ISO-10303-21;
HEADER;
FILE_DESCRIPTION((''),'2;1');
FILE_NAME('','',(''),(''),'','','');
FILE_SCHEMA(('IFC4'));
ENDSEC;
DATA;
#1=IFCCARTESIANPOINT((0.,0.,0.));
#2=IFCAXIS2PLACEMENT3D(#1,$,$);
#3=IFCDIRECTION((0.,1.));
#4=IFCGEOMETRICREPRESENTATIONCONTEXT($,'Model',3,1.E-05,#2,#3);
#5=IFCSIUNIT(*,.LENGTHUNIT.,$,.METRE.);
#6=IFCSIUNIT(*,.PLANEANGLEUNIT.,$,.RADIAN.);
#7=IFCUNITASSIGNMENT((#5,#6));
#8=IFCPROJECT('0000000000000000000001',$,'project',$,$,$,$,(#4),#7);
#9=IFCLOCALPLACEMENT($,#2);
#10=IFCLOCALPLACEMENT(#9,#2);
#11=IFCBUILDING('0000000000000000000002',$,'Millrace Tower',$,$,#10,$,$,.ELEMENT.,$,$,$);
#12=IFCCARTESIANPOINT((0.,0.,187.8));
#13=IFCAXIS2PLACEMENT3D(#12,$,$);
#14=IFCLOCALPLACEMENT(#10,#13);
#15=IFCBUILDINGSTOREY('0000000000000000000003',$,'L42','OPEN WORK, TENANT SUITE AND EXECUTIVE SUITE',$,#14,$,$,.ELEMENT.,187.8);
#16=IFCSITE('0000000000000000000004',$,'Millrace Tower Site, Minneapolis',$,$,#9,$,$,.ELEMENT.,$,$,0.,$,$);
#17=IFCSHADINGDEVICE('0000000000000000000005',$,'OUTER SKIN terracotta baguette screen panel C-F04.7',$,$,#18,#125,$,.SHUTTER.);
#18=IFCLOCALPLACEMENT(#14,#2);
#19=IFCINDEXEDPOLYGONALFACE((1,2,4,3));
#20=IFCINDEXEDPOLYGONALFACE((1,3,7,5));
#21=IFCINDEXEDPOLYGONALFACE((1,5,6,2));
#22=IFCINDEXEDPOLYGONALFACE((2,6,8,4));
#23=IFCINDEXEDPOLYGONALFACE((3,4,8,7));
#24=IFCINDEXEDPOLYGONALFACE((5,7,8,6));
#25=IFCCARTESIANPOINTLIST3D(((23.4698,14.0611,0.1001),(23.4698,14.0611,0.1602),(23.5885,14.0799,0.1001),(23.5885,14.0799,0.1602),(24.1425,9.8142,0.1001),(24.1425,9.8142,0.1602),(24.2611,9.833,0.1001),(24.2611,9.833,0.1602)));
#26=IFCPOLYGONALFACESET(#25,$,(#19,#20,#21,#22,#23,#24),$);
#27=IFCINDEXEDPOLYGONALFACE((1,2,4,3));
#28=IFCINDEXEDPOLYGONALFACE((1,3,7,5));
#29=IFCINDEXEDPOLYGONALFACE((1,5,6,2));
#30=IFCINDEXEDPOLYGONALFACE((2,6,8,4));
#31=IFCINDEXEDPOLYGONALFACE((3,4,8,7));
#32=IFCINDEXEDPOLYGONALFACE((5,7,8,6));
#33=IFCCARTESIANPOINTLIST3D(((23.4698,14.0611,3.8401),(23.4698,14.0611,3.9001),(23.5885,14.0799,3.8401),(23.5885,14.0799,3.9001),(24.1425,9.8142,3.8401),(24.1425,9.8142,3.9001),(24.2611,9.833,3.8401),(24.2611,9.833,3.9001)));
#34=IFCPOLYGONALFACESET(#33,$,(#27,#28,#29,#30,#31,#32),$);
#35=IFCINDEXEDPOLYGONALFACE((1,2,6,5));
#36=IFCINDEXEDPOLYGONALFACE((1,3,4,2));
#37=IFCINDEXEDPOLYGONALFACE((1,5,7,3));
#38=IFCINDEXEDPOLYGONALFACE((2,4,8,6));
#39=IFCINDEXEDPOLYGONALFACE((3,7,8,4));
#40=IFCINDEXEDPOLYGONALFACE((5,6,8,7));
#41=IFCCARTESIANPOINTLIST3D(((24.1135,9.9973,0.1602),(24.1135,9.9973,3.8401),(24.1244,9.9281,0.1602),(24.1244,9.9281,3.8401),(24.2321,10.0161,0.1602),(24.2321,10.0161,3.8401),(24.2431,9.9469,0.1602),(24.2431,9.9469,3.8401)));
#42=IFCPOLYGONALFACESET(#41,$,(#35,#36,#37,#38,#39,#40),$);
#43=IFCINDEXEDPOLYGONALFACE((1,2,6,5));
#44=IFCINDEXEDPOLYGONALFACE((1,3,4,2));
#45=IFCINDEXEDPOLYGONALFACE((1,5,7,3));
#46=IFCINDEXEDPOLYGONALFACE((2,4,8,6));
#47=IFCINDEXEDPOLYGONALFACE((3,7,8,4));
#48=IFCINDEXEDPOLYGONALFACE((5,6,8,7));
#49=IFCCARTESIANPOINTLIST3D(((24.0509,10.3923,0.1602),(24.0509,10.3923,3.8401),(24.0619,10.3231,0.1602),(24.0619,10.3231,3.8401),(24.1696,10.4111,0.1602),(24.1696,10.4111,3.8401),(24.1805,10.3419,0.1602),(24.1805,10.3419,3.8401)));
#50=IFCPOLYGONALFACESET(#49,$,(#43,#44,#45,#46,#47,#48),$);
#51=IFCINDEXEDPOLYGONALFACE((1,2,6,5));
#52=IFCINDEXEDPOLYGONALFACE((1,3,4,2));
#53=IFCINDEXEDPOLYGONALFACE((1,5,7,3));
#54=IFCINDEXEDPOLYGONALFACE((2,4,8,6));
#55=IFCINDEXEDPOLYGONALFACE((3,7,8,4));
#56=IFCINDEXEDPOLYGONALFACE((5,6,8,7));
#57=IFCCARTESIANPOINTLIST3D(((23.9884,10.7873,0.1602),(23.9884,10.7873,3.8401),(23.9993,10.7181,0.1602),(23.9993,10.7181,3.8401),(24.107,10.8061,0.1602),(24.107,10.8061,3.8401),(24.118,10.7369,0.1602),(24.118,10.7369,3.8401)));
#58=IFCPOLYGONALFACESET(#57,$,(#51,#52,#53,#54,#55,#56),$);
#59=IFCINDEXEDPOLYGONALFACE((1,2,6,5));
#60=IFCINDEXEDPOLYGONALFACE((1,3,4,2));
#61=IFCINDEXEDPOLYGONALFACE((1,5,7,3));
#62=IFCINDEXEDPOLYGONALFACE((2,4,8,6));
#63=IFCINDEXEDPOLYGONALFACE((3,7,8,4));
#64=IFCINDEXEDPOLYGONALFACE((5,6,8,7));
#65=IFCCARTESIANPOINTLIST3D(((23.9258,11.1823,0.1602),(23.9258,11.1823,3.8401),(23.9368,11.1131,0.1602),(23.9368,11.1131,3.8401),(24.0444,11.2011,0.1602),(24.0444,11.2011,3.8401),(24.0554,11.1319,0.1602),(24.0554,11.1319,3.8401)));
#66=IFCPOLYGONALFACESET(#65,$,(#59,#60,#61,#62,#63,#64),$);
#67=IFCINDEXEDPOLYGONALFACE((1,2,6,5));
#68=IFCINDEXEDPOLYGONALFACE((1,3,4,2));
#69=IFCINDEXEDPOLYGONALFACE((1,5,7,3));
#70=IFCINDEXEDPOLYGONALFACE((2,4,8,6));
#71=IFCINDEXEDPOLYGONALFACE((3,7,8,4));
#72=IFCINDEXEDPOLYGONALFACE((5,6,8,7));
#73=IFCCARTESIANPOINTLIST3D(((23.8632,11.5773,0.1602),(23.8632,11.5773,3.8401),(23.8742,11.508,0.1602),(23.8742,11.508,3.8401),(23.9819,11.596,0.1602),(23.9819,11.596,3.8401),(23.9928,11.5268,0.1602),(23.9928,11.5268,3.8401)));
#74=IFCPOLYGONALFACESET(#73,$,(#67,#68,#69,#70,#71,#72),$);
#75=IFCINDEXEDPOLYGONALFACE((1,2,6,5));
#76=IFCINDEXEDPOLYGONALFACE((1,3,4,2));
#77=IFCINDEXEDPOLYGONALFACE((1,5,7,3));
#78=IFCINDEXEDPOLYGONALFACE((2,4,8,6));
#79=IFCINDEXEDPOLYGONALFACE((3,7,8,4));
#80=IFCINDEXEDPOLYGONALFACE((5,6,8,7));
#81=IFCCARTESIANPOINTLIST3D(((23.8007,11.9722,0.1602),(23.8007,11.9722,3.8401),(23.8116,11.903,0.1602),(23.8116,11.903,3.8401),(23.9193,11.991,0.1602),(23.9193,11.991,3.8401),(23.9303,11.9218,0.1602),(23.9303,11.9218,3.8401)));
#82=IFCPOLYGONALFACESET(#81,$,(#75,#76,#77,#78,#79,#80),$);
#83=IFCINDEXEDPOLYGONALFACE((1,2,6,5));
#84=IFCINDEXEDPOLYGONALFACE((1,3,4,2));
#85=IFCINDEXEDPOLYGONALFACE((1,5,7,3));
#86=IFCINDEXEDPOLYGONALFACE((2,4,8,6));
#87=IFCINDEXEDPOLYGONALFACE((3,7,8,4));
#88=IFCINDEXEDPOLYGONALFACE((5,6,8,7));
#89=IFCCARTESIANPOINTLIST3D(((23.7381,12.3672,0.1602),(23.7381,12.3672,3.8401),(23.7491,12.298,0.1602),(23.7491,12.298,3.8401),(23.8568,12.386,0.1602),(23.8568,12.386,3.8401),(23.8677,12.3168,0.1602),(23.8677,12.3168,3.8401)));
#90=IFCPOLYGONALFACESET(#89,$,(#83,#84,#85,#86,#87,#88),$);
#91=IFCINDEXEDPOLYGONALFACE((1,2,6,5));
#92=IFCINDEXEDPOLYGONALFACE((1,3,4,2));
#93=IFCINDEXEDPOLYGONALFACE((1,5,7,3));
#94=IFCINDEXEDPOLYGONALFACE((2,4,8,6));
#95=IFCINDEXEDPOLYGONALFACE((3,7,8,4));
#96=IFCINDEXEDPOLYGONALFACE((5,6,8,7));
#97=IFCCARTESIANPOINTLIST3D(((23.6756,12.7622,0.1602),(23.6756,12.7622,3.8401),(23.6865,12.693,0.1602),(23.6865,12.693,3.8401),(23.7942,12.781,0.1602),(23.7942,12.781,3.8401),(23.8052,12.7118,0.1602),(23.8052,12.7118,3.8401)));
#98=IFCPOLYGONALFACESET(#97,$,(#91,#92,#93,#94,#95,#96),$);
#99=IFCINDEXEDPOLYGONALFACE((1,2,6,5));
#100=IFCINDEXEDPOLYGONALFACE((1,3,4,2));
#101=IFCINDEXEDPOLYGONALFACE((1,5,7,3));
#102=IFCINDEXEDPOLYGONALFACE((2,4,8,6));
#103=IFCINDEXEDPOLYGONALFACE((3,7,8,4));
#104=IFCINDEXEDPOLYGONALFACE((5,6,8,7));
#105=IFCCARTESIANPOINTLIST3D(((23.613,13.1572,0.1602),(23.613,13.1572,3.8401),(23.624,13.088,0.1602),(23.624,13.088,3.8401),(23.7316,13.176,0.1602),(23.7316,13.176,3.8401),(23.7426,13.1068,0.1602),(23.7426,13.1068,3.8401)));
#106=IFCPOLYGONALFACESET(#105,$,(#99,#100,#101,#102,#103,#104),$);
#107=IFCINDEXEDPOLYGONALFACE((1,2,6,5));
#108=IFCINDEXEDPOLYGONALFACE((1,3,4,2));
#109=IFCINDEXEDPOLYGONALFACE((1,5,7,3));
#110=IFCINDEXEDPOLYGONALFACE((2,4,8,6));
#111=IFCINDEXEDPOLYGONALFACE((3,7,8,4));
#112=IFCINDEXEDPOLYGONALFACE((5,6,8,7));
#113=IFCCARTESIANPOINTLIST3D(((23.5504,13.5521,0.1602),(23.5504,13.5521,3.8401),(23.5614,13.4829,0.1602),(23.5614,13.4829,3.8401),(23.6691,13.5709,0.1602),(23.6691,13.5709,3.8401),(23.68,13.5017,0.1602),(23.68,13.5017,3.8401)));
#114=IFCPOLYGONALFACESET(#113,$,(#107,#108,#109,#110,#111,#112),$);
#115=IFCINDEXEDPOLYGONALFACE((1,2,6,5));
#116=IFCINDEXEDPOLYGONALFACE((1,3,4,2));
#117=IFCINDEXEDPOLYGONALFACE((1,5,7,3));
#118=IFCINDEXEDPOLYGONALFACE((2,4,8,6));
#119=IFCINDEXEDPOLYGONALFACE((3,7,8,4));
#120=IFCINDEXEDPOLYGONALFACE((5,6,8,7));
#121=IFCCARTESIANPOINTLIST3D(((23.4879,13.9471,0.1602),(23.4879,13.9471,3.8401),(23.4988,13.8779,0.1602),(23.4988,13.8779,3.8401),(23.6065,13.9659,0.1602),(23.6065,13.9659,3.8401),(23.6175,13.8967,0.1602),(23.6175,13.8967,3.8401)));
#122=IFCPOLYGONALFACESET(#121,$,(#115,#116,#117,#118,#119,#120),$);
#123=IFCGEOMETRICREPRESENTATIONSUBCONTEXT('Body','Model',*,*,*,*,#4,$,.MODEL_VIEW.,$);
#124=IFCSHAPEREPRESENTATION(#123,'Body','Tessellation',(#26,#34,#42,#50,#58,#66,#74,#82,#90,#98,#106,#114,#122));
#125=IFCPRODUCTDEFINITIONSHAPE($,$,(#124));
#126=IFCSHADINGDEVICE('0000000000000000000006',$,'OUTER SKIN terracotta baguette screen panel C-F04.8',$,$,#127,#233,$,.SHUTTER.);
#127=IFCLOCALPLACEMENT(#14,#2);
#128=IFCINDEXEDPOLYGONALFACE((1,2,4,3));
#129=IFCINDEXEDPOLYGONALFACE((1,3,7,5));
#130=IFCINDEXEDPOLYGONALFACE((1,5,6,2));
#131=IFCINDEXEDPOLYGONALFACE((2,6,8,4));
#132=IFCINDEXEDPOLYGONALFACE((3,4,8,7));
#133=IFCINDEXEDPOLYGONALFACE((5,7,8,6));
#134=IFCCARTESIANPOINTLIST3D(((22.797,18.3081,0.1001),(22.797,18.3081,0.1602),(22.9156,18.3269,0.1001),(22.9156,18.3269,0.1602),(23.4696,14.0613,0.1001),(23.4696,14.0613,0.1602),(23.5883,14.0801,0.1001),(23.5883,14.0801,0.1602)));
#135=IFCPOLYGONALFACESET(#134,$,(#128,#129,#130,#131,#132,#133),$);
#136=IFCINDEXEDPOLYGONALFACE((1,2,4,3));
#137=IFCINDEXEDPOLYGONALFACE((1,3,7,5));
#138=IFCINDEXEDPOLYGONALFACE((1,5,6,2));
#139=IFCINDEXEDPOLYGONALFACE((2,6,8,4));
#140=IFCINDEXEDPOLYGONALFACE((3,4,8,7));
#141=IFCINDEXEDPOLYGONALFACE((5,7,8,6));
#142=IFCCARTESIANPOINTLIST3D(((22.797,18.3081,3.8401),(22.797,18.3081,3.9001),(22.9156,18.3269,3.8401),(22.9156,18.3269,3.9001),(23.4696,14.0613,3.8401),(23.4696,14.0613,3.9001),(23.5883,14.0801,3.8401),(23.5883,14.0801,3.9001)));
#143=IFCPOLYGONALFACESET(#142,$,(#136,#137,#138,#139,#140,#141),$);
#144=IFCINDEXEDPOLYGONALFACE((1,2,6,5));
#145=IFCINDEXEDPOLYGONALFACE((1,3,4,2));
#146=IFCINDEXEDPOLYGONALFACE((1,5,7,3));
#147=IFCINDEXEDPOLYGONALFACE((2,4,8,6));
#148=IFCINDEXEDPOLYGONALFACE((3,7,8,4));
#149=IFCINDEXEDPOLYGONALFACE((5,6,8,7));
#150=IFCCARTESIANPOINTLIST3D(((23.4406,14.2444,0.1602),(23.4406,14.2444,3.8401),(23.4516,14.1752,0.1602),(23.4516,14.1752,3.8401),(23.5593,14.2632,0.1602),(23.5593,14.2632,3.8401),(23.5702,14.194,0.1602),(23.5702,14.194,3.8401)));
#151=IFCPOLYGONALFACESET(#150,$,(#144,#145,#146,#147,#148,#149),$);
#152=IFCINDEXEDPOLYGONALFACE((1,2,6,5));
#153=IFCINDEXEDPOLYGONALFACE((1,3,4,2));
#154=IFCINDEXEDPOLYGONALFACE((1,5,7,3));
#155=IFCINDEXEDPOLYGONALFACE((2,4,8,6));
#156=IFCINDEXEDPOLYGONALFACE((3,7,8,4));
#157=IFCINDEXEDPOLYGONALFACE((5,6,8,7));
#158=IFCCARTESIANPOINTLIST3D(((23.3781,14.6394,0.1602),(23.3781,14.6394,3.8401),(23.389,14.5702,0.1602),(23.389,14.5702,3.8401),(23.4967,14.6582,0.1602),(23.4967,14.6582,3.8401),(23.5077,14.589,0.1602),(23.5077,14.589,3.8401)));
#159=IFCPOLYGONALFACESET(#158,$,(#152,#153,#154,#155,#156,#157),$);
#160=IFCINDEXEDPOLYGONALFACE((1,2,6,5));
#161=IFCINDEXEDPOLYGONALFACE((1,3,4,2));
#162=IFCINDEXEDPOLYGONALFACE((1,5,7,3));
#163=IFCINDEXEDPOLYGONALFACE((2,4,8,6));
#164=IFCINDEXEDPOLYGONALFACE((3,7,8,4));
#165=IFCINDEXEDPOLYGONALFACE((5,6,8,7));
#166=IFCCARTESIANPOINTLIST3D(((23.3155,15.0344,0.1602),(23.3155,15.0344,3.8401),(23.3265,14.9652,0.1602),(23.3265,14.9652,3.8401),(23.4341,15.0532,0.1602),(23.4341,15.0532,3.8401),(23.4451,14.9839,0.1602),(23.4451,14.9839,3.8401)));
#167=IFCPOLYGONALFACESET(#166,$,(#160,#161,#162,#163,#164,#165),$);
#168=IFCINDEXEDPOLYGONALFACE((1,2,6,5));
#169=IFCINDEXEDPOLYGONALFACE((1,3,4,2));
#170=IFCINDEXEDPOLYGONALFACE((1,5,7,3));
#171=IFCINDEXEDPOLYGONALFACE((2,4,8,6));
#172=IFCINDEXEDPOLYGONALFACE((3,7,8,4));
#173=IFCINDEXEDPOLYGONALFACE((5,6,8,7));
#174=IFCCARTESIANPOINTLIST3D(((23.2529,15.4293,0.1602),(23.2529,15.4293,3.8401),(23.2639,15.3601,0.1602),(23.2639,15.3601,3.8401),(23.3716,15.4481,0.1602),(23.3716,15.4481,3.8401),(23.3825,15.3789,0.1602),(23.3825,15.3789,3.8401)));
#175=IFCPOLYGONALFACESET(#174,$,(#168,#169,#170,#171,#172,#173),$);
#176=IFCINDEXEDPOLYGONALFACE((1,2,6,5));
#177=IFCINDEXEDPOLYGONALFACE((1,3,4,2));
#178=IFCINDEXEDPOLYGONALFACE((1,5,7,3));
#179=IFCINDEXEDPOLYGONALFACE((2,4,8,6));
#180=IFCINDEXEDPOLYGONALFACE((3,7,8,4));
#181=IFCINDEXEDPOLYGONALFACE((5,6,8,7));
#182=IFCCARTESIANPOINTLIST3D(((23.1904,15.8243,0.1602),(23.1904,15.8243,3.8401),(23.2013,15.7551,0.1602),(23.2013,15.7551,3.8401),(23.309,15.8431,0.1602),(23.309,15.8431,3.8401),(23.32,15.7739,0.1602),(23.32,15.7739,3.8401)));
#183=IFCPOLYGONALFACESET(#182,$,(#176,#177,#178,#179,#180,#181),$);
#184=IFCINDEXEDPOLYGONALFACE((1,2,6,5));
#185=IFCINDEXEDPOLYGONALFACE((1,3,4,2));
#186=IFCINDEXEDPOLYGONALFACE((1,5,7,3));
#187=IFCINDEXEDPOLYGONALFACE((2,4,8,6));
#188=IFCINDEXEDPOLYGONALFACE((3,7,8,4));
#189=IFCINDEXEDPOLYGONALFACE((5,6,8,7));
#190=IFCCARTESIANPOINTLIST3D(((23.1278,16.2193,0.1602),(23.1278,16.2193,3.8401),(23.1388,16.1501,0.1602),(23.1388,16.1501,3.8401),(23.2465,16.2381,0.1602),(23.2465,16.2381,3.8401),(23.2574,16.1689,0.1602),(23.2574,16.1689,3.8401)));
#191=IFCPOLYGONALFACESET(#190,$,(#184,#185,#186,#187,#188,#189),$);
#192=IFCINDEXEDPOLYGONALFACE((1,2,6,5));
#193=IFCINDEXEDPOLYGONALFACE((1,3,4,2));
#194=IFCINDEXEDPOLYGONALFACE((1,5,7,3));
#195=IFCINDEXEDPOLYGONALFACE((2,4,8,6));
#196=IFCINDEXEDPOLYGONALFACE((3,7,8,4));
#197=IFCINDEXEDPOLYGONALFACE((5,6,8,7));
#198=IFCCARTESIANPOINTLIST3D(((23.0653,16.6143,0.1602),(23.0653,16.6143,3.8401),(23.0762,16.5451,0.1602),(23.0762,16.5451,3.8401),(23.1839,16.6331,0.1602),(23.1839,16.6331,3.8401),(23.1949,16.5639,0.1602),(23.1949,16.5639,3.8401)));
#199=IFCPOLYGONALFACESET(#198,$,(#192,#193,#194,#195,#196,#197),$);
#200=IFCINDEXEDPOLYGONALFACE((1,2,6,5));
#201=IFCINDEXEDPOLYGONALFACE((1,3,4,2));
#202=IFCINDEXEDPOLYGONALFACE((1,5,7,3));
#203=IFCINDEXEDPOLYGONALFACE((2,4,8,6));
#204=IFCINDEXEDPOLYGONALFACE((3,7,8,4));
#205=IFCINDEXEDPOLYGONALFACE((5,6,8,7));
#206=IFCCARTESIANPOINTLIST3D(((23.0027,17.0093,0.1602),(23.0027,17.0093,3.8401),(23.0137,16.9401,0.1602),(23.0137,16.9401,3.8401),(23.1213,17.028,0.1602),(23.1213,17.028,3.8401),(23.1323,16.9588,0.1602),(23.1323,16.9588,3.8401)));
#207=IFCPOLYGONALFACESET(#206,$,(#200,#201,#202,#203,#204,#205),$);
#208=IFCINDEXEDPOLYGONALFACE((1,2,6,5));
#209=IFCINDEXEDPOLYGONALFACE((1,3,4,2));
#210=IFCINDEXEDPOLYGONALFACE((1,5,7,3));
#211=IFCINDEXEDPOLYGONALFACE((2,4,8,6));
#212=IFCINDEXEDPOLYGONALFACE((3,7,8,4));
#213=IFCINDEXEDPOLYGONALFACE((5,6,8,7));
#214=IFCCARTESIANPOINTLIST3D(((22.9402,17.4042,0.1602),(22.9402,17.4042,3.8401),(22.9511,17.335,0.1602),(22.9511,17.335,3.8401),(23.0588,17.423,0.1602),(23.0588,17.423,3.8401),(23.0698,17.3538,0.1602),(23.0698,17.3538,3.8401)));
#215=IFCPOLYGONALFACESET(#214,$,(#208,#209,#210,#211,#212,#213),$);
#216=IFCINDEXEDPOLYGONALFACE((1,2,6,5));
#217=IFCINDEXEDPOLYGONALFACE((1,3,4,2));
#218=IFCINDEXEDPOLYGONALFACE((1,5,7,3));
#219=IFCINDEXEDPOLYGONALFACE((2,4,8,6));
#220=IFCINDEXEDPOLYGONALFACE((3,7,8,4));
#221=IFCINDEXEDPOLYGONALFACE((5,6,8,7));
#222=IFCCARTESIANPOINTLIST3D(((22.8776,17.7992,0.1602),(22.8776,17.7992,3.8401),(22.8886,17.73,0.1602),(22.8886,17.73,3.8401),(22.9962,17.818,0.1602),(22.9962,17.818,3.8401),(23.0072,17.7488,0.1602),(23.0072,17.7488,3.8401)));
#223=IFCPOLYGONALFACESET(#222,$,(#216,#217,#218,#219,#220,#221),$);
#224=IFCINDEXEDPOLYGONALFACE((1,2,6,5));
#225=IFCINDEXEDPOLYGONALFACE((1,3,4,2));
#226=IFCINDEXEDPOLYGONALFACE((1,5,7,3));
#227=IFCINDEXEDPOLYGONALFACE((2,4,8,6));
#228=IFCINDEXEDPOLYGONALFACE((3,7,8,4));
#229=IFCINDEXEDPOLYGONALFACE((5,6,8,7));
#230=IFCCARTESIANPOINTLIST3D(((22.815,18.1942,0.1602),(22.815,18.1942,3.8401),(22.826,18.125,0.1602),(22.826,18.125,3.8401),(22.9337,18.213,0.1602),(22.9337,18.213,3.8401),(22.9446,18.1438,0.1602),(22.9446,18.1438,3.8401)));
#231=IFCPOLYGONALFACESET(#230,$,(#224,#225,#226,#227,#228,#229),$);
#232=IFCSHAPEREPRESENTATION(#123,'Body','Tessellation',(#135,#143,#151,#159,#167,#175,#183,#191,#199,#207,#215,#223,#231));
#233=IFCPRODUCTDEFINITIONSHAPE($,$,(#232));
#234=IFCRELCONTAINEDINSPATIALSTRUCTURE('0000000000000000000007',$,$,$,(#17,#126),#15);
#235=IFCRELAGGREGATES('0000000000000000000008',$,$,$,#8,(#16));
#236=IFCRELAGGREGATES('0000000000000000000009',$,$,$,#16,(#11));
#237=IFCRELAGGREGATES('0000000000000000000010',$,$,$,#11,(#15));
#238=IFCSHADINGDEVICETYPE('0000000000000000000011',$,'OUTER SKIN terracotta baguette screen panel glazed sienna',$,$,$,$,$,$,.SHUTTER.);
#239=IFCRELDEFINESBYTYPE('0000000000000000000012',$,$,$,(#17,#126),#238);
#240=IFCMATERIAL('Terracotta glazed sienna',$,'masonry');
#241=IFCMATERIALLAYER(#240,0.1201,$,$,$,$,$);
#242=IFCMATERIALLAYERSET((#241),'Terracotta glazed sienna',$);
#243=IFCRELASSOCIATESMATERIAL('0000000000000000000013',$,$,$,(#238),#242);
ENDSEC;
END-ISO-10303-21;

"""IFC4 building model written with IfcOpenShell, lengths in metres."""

from ifc_helpers import new_model, entity, si_unit, direction, frame, frame_2d, origin, origin_2d, place, context, subcontext, project, spatial, rectangle, extrude, source, transform, mapped, material, layer, layer_set, type_object, element, save


model = new_model("IFC4")

# Units and contexts
model_context = context("Model", 3, precision=1e-05, world=origin(), true_north=direction((0.0, 1.0)))
body_context = subcontext(model_context, "Body", "Model", "MODEL_VIEW")
ifc_project = project(units=[si_unit("LENGTHUNIT", "METRE"), si_unit("PLANEANGLEUNIT", "RADIAN")], contexts=[model_context])

# Site, building, storey
site_placement = place(None, origin())
site = spatial("IfcSite", under=ifc_project, at=site_placement, Name="Millrace Tower Site, Minneapolis", CompositionType="ELEMENT", RefElevation=0.0)
building_placement = place(site_placement, origin())
building = spatial("IfcBuilding", under=site, at=building_placement, Name="Millrace Tower", CompositionType="ELEMENT")
storey_placement = place(building_placement, frame((0.0, 0.0, 187.8)))
storey = spatial("IfcBuildingStorey", under=building, at=storey_placement, Name="L42", Description="OPEN WORK, TENANT SUITE AND EXECUTIVE SUITE", CompositionType="ELEMENT", Elevation=187.8)

# Shading devices
ifc_material_1 = material(Name="Terracotta glazed sienna", Category="masonry")
ifc_layer_1 = layer(ifc_material_1, 0.1201)
ifc_layer_set_1 = layer_set([ifc_layer_1], Name="Terracotta glazed sienna")
shading_device_type = type_object("IfcShadingDeviceType", Name="OUTER SKIN terracotta baguette screen panel glazed sienna", PredefinedType="SHUTTER", material=ifc_layer_set_1)
cartesian_point_1 = entity("IfcCartesianPoint", [-2.1499, 0.0601])
shared_polyline_1 = entity("IfcPolyline", [cartesian_point_1, entity("IfcCartesianPoint", [2.1499, 0.0601]), entity("IfcCartesianPoint", [2.1499, -0.0601]), entity("IfcCartesianPoint", [-2.1499, -0.0601]), cartesian_point_1])
shared_shape_1 = source(origin(), body_context, "Body", "SweptSolid", [
    entity("IfcExtrudedAreaSolid", entity("IfcArbitraryClosedProfileDef", "AREA", None, shared_polyline_1), entity("IfcAxis2Placement3D", entity("IfcCartesianPoint", [0.0, 0.0, 0.0])), entity("IfcDirection", [0.0, 0.0, 1.0]), 0.0601),
    entity("IfcExtrudedAreaSolid", entity("IfcArbitraryClosedProfileDef", "AREA", None, shared_polyline_1), entity("IfcAxis2Placement3D", entity("IfcCartesianPoint", [0.0, 0.0, 3.74])), entity("IfcDirection", [0.0, 0.0, 1.0]), 0.0601),
    extrude(rectangle(XDim=0.0701, YDim=0.1201, at=frame_2d((-1.9995, 0.0))), frame((0.0, 0.0, 0.0601)), (0.0, 0.0, 1.0), 3.6799),
    extrude(rectangle(XDim=0.0701, YDim=0.1201, at=frame_2d((-1.5996, 0.0))), frame((0.0, 0.0, 0.0601)), (0.0, 0.0, 1.0), 3.6799),
    extrude(rectangle(XDim=0.0701, YDim=0.1201, at=frame_2d((-1.1997, 0.0))), frame((0.0, 0.0, 0.0601)), (0.0, 0.0, 1.0), 3.6799),
    extrude(rectangle(XDim=0.0701, YDim=0.1201, at=frame_2d((-0.7998, 0.0))), frame((0.0, 0.0, 0.0601)), (0.0, 0.0, 1.0), 3.6799),
    extrude(rectangle(XDim=0.0701, YDim=0.1201, at=frame_2d((-0.3999, 0.0))), frame((0.0, 0.0, 0.0601)), (0.0, 0.0, 1.0), 3.6799),
    extrude(rectangle(XDim=0.0701, YDim=0.1201, at=origin_2d()), frame((0.0, 0.0, 0.0601)), (0.0, 0.0, 1.0), 3.6799),
    extrude(rectangle(XDim=0.0701, YDim=0.1201, at=frame_2d((0.3999, 0.0))), frame((0.0, 0.0, 0.0601)), (0.0, 0.0, 1.0), 3.6799),
    extrude(rectangle(XDim=0.0701, YDim=0.1201, at=frame_2d((0.7998, 0.0))), frame((0.0, 0.0, 0.0601)), (0.0, 0.0, 1.0), 3.6799),
    extrude(rectangle(XDim=0.0701, YDim=0.1201, at=frame_2d((1.1997, 0.0))), frame((0.0, 0.0, 0.0601)), (0.0, 0.0, 1.0), 3.6799),
    extrude(rectangle(XDim=0.0701, YDim=0.1201, at=frame_2d((1.5996, 0.0))), frame((0.0, 0.0, 0.0601)), (0.0, 0.0, 1.0), 3.6799),
    extrude(rectangle(XDim=0.0701, YDim=0.1201, at=frame_2d((1.9995, 0.0))), frame((0.0, 0.0, 0.0601)), (0.0, 0.0, 1.0), 3.6799),
])
for number, where, z_axis, x_axis, name in (
    (1, (23.8655, 11.947, 0.1001), (0.0, 0.0, 1.0), (-0.156434, 0.987688, 0.0), "OUTER SKIN terracotta baguette screen panel C-F04.7"),
    (2, (23.1926, 16.1941, 0.1001), (0.0, 0.0, 1.0), (-0.156434, 0.987688, 0.0), "OUTER SKIN terracotta baguette screen panel C-F04.8"),
):
    element("IfcShadingDevice", number, at=place(storey_placement, frame(where, z_axis=z_axis, x_axis=x_axis)), inside=storey, type_object=shading_device_type, Name=name, PredefinedType="SHUTTER", context=body_context, shape_type="MappedRepresentation", body=[
        mapped(shared_shape_1, transform((0.0, 0.0, 0.0), scale=1.0)),
    ])

save(model, "model.ifc")
